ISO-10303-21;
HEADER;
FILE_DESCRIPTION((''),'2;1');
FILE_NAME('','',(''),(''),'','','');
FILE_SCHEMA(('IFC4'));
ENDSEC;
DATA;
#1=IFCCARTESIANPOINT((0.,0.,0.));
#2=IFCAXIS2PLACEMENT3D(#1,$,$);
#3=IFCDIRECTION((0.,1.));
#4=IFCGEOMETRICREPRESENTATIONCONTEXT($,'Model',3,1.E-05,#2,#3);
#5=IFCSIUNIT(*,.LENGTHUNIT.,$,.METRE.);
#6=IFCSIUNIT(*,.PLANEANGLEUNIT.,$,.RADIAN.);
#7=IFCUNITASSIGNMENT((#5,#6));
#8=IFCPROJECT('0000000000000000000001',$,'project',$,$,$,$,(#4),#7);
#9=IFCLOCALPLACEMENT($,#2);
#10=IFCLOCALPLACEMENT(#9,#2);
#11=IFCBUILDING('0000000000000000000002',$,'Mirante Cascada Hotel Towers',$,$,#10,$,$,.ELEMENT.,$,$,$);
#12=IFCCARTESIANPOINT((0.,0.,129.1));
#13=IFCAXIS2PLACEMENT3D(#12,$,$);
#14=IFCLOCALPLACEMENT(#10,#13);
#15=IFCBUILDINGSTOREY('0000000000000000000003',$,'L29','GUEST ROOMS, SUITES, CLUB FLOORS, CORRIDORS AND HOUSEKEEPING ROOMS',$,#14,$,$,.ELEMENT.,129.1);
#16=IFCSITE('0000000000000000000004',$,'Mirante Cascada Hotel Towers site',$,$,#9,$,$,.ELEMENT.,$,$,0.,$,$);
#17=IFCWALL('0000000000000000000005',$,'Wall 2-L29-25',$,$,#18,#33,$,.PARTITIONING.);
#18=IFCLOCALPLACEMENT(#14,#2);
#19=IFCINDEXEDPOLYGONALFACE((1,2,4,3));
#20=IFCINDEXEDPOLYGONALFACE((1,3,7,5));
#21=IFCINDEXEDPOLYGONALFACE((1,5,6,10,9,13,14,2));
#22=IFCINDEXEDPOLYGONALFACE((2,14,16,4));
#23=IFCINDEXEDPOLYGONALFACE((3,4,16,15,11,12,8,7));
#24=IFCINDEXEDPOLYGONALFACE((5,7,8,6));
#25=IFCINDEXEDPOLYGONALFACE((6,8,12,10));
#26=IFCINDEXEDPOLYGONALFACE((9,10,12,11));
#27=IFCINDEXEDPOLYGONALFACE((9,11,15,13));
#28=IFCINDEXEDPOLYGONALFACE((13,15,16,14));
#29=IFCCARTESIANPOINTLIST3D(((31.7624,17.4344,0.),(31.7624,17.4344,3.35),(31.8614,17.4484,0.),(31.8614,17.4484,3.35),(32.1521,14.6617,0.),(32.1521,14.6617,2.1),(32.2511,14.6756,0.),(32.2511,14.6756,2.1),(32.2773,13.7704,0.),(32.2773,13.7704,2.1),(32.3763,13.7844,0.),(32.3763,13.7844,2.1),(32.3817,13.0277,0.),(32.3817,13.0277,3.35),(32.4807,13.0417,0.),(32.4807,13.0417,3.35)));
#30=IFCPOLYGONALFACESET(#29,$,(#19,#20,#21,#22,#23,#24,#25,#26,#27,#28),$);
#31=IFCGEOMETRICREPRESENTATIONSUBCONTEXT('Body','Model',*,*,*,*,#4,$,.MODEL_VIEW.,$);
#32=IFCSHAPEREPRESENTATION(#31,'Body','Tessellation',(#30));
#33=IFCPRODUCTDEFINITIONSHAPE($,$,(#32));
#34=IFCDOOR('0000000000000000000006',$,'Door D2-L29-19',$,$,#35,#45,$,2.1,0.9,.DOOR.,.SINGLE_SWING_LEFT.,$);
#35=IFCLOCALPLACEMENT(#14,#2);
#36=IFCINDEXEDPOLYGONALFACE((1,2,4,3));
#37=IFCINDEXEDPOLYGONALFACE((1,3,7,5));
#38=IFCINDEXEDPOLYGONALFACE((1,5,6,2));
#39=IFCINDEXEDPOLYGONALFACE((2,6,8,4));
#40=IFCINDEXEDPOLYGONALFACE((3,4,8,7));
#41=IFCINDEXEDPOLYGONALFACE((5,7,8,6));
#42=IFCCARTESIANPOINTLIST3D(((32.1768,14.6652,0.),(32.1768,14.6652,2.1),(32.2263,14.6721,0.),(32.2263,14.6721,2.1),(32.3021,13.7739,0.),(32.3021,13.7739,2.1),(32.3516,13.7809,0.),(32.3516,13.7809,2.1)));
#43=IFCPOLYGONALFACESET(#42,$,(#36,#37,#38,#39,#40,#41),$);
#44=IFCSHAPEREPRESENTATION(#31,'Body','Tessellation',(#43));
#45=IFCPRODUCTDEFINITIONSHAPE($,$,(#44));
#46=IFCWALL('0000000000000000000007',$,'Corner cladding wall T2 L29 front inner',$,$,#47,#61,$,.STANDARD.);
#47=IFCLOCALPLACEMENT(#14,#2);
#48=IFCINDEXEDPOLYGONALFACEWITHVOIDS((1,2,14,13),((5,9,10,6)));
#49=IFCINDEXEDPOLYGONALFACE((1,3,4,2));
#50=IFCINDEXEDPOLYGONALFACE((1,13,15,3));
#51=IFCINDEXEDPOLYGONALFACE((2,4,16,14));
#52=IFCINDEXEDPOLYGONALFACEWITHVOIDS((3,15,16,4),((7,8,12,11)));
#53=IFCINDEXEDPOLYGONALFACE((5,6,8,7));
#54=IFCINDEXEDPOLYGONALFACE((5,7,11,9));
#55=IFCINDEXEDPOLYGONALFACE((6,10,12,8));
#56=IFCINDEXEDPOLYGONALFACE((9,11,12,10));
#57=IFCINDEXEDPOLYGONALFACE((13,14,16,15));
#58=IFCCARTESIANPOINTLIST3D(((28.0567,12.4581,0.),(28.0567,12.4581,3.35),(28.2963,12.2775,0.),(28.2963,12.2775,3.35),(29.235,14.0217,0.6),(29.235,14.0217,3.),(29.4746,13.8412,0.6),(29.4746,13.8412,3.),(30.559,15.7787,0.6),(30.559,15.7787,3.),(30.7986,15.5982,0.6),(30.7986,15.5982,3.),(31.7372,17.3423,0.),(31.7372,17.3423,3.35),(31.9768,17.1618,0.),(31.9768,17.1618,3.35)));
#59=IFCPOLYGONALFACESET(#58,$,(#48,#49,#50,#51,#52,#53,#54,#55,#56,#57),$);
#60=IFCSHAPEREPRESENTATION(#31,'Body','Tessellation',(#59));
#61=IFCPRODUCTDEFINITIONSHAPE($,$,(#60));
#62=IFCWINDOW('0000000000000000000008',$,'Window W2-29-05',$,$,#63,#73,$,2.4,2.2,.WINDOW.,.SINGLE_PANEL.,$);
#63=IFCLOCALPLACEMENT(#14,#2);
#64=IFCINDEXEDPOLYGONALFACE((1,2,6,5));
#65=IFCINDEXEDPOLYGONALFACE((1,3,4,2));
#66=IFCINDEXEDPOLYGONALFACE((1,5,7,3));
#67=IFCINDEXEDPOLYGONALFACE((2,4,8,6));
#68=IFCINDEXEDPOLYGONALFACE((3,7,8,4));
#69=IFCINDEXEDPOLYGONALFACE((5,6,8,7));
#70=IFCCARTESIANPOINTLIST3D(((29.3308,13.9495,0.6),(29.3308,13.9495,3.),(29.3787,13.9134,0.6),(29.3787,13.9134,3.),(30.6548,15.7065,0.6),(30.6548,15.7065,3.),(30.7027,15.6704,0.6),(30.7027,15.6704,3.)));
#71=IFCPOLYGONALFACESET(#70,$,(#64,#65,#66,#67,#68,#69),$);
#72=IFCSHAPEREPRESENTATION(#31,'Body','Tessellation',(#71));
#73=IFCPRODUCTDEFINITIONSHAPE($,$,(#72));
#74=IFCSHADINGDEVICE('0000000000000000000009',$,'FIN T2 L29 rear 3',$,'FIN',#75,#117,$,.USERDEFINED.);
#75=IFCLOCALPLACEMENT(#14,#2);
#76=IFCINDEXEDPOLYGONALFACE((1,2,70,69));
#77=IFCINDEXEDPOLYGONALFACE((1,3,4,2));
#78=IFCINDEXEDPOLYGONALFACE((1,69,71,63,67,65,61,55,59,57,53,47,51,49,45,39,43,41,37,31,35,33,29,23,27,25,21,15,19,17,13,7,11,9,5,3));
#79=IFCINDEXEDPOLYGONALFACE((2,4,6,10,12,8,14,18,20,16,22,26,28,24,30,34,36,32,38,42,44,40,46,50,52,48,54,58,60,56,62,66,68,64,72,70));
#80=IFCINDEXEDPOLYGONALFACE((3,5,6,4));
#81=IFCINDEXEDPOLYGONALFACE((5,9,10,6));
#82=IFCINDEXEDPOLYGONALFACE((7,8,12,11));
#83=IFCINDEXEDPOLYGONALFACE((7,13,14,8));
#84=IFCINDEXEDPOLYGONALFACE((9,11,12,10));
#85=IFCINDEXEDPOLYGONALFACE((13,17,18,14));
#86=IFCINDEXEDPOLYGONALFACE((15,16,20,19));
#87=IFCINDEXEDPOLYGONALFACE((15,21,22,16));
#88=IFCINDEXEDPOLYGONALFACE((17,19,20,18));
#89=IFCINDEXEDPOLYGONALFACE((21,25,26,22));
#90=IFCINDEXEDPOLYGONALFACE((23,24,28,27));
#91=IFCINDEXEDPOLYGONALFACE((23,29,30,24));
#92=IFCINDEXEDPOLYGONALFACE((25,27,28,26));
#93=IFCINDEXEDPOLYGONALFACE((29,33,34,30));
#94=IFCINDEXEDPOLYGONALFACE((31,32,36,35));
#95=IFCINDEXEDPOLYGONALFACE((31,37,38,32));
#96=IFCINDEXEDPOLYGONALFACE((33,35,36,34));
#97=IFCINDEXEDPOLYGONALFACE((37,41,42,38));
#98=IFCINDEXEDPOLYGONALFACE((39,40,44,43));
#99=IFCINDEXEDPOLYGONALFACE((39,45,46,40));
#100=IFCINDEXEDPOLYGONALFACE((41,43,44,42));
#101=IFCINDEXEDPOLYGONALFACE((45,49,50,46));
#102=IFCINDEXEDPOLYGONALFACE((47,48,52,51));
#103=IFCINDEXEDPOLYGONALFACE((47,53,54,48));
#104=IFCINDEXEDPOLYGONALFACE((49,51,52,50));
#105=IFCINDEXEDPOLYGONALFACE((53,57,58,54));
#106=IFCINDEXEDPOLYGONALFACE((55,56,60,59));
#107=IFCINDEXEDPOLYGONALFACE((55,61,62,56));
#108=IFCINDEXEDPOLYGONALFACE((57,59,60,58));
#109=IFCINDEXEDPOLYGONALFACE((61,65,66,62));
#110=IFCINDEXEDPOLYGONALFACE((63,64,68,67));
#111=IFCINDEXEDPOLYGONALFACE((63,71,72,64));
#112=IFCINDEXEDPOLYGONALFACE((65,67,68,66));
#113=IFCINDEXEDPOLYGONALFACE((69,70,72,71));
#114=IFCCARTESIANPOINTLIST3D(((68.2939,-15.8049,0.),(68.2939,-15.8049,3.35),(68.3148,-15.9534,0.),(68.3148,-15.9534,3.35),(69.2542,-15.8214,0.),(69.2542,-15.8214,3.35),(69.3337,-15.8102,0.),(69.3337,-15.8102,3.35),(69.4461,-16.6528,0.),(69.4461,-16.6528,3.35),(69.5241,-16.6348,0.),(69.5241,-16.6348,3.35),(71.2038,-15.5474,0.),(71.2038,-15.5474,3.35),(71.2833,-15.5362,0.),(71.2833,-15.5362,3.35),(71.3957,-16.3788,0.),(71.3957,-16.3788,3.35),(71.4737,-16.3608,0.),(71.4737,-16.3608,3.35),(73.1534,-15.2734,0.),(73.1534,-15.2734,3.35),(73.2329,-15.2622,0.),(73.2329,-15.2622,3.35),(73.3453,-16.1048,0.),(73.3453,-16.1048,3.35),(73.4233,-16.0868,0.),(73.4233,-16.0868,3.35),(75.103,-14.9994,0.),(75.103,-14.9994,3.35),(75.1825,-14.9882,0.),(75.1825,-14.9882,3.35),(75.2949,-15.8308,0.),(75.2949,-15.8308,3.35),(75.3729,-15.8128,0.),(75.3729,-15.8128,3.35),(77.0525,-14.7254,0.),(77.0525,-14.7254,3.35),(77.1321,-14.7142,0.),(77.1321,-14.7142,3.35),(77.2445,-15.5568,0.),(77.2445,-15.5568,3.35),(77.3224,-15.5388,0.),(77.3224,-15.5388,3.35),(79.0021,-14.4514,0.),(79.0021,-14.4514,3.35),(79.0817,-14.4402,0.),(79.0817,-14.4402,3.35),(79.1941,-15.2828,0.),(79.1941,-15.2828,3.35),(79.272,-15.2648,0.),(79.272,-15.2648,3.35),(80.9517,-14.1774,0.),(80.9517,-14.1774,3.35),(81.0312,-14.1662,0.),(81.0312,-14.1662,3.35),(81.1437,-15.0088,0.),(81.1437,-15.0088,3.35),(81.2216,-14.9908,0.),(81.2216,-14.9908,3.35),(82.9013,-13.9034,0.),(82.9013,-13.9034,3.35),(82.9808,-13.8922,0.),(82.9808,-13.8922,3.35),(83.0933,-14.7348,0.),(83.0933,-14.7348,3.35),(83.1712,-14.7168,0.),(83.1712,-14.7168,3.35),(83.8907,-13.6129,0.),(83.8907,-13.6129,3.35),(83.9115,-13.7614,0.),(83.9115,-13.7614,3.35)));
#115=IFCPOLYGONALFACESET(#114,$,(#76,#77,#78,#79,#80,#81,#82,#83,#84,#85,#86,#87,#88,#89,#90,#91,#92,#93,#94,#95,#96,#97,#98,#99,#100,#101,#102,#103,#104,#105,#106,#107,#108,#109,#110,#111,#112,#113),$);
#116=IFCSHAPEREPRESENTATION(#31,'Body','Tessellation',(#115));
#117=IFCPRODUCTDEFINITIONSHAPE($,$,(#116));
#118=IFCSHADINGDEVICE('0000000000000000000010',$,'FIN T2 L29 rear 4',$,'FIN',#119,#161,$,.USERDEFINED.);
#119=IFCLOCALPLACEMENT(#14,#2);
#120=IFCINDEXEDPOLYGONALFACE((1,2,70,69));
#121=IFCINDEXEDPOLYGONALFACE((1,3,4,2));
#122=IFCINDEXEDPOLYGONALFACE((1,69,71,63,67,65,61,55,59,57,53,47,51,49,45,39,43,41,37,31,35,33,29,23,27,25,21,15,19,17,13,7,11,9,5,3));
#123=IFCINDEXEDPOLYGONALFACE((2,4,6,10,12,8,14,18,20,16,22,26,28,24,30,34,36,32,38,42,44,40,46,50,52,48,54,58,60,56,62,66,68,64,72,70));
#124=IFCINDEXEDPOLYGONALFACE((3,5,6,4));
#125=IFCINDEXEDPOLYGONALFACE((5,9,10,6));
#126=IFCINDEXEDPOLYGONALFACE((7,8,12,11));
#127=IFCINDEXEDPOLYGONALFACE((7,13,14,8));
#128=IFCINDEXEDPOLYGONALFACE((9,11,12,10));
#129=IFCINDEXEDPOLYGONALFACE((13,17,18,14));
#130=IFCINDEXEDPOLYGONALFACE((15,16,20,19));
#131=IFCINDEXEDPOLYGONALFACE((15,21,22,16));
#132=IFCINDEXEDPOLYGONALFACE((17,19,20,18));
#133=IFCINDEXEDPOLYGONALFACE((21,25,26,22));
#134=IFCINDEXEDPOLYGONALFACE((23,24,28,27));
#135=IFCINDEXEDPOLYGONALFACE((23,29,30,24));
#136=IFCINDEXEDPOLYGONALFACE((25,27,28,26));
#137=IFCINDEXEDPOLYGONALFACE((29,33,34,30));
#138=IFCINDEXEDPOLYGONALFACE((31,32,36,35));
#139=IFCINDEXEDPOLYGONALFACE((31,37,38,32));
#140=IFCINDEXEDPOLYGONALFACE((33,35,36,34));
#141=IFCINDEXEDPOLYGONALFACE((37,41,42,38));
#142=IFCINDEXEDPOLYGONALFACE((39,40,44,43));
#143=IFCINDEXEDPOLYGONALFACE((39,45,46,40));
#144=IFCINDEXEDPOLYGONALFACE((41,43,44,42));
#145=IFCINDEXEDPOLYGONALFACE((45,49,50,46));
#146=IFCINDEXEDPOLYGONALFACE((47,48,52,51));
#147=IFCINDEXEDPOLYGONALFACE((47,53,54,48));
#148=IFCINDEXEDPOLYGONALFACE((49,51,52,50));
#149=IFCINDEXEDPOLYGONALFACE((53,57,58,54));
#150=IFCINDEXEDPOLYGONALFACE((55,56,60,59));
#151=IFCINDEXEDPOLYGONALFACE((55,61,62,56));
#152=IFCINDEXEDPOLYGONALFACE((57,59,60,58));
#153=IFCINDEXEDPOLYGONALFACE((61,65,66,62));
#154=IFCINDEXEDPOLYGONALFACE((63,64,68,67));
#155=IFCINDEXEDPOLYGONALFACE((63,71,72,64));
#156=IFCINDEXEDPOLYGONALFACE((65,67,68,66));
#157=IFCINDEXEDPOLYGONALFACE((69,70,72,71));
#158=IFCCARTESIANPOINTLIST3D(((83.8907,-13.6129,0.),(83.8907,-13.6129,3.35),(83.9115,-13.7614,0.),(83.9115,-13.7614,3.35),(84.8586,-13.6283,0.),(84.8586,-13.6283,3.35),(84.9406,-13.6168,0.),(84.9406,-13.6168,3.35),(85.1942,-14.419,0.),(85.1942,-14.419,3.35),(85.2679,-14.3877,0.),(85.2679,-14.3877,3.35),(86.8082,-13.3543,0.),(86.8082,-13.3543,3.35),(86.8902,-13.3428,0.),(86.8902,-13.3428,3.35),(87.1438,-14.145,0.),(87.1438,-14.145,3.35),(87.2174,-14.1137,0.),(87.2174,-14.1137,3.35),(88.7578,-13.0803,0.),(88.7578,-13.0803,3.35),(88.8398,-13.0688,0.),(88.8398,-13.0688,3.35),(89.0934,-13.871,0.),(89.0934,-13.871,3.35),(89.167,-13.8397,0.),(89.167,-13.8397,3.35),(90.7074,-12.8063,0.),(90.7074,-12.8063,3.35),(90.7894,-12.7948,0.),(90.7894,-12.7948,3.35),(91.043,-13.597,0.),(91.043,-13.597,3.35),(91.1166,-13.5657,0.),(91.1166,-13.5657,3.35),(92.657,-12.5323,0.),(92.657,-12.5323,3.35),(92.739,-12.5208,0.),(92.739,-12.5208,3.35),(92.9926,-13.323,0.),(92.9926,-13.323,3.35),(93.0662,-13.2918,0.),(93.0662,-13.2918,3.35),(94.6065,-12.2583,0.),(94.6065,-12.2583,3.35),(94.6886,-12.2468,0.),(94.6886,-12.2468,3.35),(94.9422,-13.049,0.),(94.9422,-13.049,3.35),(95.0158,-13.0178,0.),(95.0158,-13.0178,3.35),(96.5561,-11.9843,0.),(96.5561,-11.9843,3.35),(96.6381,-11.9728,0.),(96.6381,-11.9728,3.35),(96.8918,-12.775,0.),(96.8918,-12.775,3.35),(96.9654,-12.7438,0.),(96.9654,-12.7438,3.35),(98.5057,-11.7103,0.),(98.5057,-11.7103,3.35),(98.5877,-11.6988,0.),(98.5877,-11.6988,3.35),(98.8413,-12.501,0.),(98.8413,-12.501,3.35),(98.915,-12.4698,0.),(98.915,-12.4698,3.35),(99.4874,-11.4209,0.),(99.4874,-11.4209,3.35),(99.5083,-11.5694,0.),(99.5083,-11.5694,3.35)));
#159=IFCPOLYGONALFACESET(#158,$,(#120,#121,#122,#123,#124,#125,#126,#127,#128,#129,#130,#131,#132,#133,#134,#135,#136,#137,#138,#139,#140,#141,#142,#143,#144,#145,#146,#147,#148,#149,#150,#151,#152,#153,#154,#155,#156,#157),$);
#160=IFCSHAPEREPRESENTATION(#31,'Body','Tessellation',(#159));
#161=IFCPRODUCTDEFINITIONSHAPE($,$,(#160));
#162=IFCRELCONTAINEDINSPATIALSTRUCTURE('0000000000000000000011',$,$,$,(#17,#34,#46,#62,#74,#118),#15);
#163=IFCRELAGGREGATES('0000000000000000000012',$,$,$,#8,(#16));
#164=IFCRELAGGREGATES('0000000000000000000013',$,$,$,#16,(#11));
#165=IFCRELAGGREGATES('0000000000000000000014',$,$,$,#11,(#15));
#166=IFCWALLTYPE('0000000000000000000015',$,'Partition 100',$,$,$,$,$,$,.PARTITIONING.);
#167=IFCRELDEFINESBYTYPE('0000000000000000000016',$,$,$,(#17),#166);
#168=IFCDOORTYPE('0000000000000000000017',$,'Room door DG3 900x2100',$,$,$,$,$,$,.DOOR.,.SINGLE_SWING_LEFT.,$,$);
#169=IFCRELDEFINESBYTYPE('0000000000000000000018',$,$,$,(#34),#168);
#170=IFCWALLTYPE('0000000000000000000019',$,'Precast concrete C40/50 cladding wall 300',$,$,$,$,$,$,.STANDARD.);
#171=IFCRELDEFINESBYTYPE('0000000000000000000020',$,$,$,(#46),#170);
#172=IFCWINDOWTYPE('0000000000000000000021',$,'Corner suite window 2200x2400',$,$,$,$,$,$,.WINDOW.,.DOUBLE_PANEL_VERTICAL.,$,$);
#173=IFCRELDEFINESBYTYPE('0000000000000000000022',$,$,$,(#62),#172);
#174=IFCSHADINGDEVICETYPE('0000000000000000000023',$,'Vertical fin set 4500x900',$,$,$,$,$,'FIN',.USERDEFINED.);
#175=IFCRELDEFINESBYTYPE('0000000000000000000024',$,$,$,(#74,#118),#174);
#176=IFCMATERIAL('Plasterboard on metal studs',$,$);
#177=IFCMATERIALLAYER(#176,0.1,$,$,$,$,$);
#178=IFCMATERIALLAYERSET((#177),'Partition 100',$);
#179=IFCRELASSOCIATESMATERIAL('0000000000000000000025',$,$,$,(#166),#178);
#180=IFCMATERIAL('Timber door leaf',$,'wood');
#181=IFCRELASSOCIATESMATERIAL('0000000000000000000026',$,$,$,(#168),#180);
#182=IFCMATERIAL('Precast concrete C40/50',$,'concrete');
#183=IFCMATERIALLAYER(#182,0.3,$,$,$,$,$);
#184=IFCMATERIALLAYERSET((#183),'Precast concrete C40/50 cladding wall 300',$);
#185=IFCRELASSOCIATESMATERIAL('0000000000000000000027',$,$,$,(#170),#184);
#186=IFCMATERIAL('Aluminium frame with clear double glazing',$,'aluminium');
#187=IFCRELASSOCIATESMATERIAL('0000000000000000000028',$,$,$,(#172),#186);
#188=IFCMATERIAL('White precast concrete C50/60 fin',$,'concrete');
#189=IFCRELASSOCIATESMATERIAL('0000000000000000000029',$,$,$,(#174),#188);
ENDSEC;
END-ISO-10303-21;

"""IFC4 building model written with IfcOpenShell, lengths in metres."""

from ifc_helpers import new_model, si_unit, direction, frame, frame_2d, origin, place, context, subcontext, project, spatial, polyline, rectangle, outline, extrude, material, layer, layer_set, type_object, element, fill, save


model = new_model("IFC4")

# Units and contexts
model_context = context("Model", 3, precision=1e-05, world=origin(), true_north=direction((0.0, 1.0)))
body_context = subcontext(model_context, "Body", "Model", "MODEL_VIEW")
ifc_project = project(units=[si_unit("LENGTHUNIT", "METRE"), si_unit("PLANEANGLEUNIT", "RADIAN")], contexts=[model_context])

# Site, building, storey
site_placement = place(None, origin())
site = spatial("IfcSite", under=ifc_project, at=site_placement, Name="Mirante Cascada Hotel Towers site", CompositionType="ELEMENT", RefElevation=0.0)
building_placement = place(site_placement, origin())
building = spatial("IfcBuilding", under=site, at=building_placement, Name="Mirante Cascada Hotel Towers", CompositionType="ELEMENT")
storey_placement = place(building_placement, frame((0.0, 0.0, 129.1)))
storey = spatial("IfcBuildingStorey", under=building, at=storey_placement, Name="L29", Description="GUEST ROOMS, SUITES, CLUB FLOORS, CORRIDORS AND HOUSEKEEPING ROOMS", CompositionType="ELEMENT", Elevation=129.1)

# Shared definitions
ifc_material_1 = material(Name="Plasterboard on metal studs")
ifc_layer_1 = layer(ifc_material_1, 0.1)
ifc_layer_set_1 = layer_set([ifc_layer_1], Name="Partition 100")
wall_type_1 = type_object("IfcWallType", Name="Partition 100", PredefinedType="PARTITIONING", material=ifc_layer_set_1)

# Wall, opening, door
wall_1_placement = place(storey_placement, frame((31.8119, 17.4414, 0.0), z_axis=(0.0, 0.0, 1.0), x_axis=(0.139168, -0.990269, 0.0)))
wall_1 = element("IfcWall", 1, at=wall_1_placement, inside=storey, type_object=wall_type_1, Name="Wall 2-L29-25", PredefinedType="PARTITIONING", context=body_context, shape_type="SweptSolid", body=[
    extrude(rectangle(XDim=4.45, YDim=0.1, at=frame_2d((2.225, 0.0))), origin(), (0.0, 0.0, 1.0), 3.35),
])
opening_1_placement = place(wall_1_placement, frame((2.8, 0.0, 0.0)))
opening_1 = element("IfcOpeningElement", 2, at=opening_1_placement, cuts=wall_1, PredefinedType="OPENING", context=body_context, shape_type="SweptSolid", body=[
    extrude(rectangle(XDim=0.9, YDim=2.1, at=frame_2d((0.45, 1.05))), frame((0.0, 0.05, 0.0), z_axis=(0.0, -1.0, 0.0), x_axis=(1.0, 0.0, 0.0)), (0.0, 0.0, 1.0), 0.1),
])
ifc_material_2 = material(Name="Timber door leaf", Category="wood")
door_type_1 = type_object("IfcDoorType", Name="Room door DG3 900x2100", OperationType="SINGLE_SWING_LEFT", PredefinedType="DOOR", material=ifc_material_2)
door_1_placement = place(opening_1_placement, origin())
door_1 = element("IfcDoor", 3, at=door_1_placement, inside=storey, type_object=door_type_1, Name="Door D2-L29-19", OperationType="SINGLE_SWING_LEFT", OverallHeight=2.1, OverallWidth=0.9, PredefinedType="DOOR", context=body_context, shape_type="SweptSolid", body=[
    extrude(rectangle(XDim=0.9, YDim=2.1, at=frame_2d((0.45, 1.05))), frame((0.0, 0.025, 0.0), z_axis=(0.0, -1.0, 0.0), x_axis=(1.0, 0.0, 0.0)), (0.0, 0.0, 1.0), 0.05),
])
fill(opening_1, door_1)

# Wall, opening, window
ifc_material_3 = material(Name="Precast concrete C40/50", Category="concrete")
ifc_layer_2 = layer(ifc_material_3, 0.3)
ifc_layer_set_2 = layer_set([ifc_layer_2], Name="Precast concrete C40/50 cladding wall 300")
wall_type_2 = type_object("IfcWallType", Name="Precast concrete C40/50 cladding wall 300", PredefinedType="STANDARD", material=ifc_layer_set_2)
wall_2_placement = place(storey_placement, frame((31.857, 17.252, 0.0), z_axis=(0.0, 0.0, 1.0), x_axis=(-0.601814, -0.798636, 0.0)))
wall_2 = element("IfcWall", 4, at=wall_2_placement, inside=storey, type_object=wall_type_2, Name="Corner cladding wall T2 L29 front inner", PredefinedType="STANDARD", context=body_context, shape_type="SweptSolid", body=[
    extrude(rectangle(XDim=6.1157, YDim=0.3, at=frame_2d((3.0578, 0.0))), origin(), (0.0, 0.0, 1.0), 3.35),
])
opening_2_placement = place(wall_2_placement, frame((1.9578, 0.0, 0.6)))
opening_2 = element("IfcOpeningElement", 5, at=opening_2_placement, cuts=wall_2, PredefinedType="OPENING", context=body_context, shape_type="SweptSolid", body=[
    extrude(rectangle(XDim=2.2, YDim=2.4, at=frame_2d((1.1, 1.2))), frame((0.0, 0.15, 0.0), z_axis=(0.0, -1.0, 0.0), x_axis=(1.0, 0.0, 0.0)), (0.0, 0.0, 1.0), 0.3),
])
ifc_material_4 = material(Name="Aluminium frame with clear double glazing", Category="aluminium")
window_type = type_object("IfcWindowType", Name="Corner suite window 2200x2400", PartitioningType="DOUBLE_PANEL_VERTICAL", PredefinedType="WINDOW", material=ifc_material_4)
window_placement = place(opening_2_placement, origin())
window = element("IfcWindow", 6, at=window_placement, inside=storey, type_object=window_type, Name="Window W2-29-05", OverallHeight=2.4, OverallWidth=2.2, PartitioningType="SINGLE_PANEL", PredefinedType="WINDOW", context=body_context, shape_type="SweptSolid", body=[
    extrude(rectangle(XDim=2.2, YDim=2.4, at=frame_2d((1.1, 1.2))), frame((0.0, 0.03, 0.0), z_axis=(0.0, -1.0, 0.0), x_axis=(1.0, 0.0, 0.0)), (0.0, 0.0, 1.0), 0.06),
])
fill(opening_2, window)

# Shading devices
ifc_material_5 = material(Name="White precast concrete C50/60 fin", Category="concrete")
shading_device_type = type_object("IfcShadingDeviceType", Name="Vertical fin set 4500x900", ElementType="FIN", PredefinedType="USERDEFINED", material=ifc_material_5)
shading_device_1_placement = place(storey_placement, origin())
element("IfcShadingDevice", 7, at=shading_device_1_placement, inside=storey, type_object=shading_device_type, Name="FIN T2 L29 rear 3", ObjectType="FIN", PredefinedType="USERDEFINED", context=body_context, shape_type="SweptSolid", body=[
    extrude(outline(polyline([(69.4461, -16.6528), (69.2542, -15.8214), (68.3148, -15.9534), (68.2939, -15.8049), (83.8907, -13.6129), (83.9115, -13.7614), (82.9808, -13.8922), (83.1712, -14.7168), (83.0933, -14.7348), (82.9013, -13.9034), (81.0312, -14.1662), (81.2216, -14.9908), (81.1437, -15.0088), (80.9517, -14.1774), (79.0817, -14.4402), (79.272, -15.2648), (79.1941, -15.2828), (79.0021, -14.4514), (77.1321, -14.7142), (77.3224, -15.5388), (77.2445, -15.5568), (77.0525, -14.7254), (75.1825, -14.9882), (75.3729, -15.8128), (75.2949, -15.8308), (75.103, -14.9994), (73.2329, -15.2622), (73.4233, -16.0868), (73.3453, -16.1048), (73.1534, -15.2734), (71.2833, -15.5362), (71.4737, -16.3608), (71.3957, -16.3788), (71.2038, -15.5474), (69.3337, -15.8102), (69.5241, -16.6348), (69.4461, -16.6528)])), origin(), (0.0, 0.0, 1.0), 3.35),
])
shading_device_2_placement = place(storey_placement, origin())
element("IfcShadingDevice", 8, at=shading_device_2_placement, inside=storey, type_object=shading_device_type, Name="FIN T2 L29 rear 4", ObjectType="FIN", PredefinedType="USERDEFINED", context=body_context, shape_type="SweptSolid", body=[
    extrude(outline(polyline([(85.1942, -14.419), (84.8586, -13.6283), (83.9115, -13.7614), (83.8907, -13.6129), (99.4874, -11.4209), (99.5083, -11.5694), (98.5877, -11.6988), (98.915, -12.4698), (98.8413, -12.501), (98.5057, -11.7103), (96.6381, -11.9728), (96.9654, -12.7438), (96.8918, -12.775), (96.5561, -11.9843), (94.6886, -12.2468), (95.0158, -13.0178), (94.9422, -13.049), (94.6065, -12.2583), (92.739, -12.5208), (93.0662, -13.2918), (92.9926, -13.323), (92.657, -12.5323), (90.7894, -12.7948), (91.1166, -13.5657), (91.043, -13.597), (90.7074, -12.8063), (88.8398, -13.0688), (89.167, -13.8397), (89.0934, -13.871), (88.7578, -13.0803), (86.8902, -13.3428), (87.2174, -14.1137), (87.1438, -14.145), (86.8082, -13.3543), (84.9406, -13.6168), (85.2679, -14.3877), (85.1942, -14.419)])), origin(), (0.0, 0.0, 1.0), 3.35),
])

save(model, "model.ifc")
